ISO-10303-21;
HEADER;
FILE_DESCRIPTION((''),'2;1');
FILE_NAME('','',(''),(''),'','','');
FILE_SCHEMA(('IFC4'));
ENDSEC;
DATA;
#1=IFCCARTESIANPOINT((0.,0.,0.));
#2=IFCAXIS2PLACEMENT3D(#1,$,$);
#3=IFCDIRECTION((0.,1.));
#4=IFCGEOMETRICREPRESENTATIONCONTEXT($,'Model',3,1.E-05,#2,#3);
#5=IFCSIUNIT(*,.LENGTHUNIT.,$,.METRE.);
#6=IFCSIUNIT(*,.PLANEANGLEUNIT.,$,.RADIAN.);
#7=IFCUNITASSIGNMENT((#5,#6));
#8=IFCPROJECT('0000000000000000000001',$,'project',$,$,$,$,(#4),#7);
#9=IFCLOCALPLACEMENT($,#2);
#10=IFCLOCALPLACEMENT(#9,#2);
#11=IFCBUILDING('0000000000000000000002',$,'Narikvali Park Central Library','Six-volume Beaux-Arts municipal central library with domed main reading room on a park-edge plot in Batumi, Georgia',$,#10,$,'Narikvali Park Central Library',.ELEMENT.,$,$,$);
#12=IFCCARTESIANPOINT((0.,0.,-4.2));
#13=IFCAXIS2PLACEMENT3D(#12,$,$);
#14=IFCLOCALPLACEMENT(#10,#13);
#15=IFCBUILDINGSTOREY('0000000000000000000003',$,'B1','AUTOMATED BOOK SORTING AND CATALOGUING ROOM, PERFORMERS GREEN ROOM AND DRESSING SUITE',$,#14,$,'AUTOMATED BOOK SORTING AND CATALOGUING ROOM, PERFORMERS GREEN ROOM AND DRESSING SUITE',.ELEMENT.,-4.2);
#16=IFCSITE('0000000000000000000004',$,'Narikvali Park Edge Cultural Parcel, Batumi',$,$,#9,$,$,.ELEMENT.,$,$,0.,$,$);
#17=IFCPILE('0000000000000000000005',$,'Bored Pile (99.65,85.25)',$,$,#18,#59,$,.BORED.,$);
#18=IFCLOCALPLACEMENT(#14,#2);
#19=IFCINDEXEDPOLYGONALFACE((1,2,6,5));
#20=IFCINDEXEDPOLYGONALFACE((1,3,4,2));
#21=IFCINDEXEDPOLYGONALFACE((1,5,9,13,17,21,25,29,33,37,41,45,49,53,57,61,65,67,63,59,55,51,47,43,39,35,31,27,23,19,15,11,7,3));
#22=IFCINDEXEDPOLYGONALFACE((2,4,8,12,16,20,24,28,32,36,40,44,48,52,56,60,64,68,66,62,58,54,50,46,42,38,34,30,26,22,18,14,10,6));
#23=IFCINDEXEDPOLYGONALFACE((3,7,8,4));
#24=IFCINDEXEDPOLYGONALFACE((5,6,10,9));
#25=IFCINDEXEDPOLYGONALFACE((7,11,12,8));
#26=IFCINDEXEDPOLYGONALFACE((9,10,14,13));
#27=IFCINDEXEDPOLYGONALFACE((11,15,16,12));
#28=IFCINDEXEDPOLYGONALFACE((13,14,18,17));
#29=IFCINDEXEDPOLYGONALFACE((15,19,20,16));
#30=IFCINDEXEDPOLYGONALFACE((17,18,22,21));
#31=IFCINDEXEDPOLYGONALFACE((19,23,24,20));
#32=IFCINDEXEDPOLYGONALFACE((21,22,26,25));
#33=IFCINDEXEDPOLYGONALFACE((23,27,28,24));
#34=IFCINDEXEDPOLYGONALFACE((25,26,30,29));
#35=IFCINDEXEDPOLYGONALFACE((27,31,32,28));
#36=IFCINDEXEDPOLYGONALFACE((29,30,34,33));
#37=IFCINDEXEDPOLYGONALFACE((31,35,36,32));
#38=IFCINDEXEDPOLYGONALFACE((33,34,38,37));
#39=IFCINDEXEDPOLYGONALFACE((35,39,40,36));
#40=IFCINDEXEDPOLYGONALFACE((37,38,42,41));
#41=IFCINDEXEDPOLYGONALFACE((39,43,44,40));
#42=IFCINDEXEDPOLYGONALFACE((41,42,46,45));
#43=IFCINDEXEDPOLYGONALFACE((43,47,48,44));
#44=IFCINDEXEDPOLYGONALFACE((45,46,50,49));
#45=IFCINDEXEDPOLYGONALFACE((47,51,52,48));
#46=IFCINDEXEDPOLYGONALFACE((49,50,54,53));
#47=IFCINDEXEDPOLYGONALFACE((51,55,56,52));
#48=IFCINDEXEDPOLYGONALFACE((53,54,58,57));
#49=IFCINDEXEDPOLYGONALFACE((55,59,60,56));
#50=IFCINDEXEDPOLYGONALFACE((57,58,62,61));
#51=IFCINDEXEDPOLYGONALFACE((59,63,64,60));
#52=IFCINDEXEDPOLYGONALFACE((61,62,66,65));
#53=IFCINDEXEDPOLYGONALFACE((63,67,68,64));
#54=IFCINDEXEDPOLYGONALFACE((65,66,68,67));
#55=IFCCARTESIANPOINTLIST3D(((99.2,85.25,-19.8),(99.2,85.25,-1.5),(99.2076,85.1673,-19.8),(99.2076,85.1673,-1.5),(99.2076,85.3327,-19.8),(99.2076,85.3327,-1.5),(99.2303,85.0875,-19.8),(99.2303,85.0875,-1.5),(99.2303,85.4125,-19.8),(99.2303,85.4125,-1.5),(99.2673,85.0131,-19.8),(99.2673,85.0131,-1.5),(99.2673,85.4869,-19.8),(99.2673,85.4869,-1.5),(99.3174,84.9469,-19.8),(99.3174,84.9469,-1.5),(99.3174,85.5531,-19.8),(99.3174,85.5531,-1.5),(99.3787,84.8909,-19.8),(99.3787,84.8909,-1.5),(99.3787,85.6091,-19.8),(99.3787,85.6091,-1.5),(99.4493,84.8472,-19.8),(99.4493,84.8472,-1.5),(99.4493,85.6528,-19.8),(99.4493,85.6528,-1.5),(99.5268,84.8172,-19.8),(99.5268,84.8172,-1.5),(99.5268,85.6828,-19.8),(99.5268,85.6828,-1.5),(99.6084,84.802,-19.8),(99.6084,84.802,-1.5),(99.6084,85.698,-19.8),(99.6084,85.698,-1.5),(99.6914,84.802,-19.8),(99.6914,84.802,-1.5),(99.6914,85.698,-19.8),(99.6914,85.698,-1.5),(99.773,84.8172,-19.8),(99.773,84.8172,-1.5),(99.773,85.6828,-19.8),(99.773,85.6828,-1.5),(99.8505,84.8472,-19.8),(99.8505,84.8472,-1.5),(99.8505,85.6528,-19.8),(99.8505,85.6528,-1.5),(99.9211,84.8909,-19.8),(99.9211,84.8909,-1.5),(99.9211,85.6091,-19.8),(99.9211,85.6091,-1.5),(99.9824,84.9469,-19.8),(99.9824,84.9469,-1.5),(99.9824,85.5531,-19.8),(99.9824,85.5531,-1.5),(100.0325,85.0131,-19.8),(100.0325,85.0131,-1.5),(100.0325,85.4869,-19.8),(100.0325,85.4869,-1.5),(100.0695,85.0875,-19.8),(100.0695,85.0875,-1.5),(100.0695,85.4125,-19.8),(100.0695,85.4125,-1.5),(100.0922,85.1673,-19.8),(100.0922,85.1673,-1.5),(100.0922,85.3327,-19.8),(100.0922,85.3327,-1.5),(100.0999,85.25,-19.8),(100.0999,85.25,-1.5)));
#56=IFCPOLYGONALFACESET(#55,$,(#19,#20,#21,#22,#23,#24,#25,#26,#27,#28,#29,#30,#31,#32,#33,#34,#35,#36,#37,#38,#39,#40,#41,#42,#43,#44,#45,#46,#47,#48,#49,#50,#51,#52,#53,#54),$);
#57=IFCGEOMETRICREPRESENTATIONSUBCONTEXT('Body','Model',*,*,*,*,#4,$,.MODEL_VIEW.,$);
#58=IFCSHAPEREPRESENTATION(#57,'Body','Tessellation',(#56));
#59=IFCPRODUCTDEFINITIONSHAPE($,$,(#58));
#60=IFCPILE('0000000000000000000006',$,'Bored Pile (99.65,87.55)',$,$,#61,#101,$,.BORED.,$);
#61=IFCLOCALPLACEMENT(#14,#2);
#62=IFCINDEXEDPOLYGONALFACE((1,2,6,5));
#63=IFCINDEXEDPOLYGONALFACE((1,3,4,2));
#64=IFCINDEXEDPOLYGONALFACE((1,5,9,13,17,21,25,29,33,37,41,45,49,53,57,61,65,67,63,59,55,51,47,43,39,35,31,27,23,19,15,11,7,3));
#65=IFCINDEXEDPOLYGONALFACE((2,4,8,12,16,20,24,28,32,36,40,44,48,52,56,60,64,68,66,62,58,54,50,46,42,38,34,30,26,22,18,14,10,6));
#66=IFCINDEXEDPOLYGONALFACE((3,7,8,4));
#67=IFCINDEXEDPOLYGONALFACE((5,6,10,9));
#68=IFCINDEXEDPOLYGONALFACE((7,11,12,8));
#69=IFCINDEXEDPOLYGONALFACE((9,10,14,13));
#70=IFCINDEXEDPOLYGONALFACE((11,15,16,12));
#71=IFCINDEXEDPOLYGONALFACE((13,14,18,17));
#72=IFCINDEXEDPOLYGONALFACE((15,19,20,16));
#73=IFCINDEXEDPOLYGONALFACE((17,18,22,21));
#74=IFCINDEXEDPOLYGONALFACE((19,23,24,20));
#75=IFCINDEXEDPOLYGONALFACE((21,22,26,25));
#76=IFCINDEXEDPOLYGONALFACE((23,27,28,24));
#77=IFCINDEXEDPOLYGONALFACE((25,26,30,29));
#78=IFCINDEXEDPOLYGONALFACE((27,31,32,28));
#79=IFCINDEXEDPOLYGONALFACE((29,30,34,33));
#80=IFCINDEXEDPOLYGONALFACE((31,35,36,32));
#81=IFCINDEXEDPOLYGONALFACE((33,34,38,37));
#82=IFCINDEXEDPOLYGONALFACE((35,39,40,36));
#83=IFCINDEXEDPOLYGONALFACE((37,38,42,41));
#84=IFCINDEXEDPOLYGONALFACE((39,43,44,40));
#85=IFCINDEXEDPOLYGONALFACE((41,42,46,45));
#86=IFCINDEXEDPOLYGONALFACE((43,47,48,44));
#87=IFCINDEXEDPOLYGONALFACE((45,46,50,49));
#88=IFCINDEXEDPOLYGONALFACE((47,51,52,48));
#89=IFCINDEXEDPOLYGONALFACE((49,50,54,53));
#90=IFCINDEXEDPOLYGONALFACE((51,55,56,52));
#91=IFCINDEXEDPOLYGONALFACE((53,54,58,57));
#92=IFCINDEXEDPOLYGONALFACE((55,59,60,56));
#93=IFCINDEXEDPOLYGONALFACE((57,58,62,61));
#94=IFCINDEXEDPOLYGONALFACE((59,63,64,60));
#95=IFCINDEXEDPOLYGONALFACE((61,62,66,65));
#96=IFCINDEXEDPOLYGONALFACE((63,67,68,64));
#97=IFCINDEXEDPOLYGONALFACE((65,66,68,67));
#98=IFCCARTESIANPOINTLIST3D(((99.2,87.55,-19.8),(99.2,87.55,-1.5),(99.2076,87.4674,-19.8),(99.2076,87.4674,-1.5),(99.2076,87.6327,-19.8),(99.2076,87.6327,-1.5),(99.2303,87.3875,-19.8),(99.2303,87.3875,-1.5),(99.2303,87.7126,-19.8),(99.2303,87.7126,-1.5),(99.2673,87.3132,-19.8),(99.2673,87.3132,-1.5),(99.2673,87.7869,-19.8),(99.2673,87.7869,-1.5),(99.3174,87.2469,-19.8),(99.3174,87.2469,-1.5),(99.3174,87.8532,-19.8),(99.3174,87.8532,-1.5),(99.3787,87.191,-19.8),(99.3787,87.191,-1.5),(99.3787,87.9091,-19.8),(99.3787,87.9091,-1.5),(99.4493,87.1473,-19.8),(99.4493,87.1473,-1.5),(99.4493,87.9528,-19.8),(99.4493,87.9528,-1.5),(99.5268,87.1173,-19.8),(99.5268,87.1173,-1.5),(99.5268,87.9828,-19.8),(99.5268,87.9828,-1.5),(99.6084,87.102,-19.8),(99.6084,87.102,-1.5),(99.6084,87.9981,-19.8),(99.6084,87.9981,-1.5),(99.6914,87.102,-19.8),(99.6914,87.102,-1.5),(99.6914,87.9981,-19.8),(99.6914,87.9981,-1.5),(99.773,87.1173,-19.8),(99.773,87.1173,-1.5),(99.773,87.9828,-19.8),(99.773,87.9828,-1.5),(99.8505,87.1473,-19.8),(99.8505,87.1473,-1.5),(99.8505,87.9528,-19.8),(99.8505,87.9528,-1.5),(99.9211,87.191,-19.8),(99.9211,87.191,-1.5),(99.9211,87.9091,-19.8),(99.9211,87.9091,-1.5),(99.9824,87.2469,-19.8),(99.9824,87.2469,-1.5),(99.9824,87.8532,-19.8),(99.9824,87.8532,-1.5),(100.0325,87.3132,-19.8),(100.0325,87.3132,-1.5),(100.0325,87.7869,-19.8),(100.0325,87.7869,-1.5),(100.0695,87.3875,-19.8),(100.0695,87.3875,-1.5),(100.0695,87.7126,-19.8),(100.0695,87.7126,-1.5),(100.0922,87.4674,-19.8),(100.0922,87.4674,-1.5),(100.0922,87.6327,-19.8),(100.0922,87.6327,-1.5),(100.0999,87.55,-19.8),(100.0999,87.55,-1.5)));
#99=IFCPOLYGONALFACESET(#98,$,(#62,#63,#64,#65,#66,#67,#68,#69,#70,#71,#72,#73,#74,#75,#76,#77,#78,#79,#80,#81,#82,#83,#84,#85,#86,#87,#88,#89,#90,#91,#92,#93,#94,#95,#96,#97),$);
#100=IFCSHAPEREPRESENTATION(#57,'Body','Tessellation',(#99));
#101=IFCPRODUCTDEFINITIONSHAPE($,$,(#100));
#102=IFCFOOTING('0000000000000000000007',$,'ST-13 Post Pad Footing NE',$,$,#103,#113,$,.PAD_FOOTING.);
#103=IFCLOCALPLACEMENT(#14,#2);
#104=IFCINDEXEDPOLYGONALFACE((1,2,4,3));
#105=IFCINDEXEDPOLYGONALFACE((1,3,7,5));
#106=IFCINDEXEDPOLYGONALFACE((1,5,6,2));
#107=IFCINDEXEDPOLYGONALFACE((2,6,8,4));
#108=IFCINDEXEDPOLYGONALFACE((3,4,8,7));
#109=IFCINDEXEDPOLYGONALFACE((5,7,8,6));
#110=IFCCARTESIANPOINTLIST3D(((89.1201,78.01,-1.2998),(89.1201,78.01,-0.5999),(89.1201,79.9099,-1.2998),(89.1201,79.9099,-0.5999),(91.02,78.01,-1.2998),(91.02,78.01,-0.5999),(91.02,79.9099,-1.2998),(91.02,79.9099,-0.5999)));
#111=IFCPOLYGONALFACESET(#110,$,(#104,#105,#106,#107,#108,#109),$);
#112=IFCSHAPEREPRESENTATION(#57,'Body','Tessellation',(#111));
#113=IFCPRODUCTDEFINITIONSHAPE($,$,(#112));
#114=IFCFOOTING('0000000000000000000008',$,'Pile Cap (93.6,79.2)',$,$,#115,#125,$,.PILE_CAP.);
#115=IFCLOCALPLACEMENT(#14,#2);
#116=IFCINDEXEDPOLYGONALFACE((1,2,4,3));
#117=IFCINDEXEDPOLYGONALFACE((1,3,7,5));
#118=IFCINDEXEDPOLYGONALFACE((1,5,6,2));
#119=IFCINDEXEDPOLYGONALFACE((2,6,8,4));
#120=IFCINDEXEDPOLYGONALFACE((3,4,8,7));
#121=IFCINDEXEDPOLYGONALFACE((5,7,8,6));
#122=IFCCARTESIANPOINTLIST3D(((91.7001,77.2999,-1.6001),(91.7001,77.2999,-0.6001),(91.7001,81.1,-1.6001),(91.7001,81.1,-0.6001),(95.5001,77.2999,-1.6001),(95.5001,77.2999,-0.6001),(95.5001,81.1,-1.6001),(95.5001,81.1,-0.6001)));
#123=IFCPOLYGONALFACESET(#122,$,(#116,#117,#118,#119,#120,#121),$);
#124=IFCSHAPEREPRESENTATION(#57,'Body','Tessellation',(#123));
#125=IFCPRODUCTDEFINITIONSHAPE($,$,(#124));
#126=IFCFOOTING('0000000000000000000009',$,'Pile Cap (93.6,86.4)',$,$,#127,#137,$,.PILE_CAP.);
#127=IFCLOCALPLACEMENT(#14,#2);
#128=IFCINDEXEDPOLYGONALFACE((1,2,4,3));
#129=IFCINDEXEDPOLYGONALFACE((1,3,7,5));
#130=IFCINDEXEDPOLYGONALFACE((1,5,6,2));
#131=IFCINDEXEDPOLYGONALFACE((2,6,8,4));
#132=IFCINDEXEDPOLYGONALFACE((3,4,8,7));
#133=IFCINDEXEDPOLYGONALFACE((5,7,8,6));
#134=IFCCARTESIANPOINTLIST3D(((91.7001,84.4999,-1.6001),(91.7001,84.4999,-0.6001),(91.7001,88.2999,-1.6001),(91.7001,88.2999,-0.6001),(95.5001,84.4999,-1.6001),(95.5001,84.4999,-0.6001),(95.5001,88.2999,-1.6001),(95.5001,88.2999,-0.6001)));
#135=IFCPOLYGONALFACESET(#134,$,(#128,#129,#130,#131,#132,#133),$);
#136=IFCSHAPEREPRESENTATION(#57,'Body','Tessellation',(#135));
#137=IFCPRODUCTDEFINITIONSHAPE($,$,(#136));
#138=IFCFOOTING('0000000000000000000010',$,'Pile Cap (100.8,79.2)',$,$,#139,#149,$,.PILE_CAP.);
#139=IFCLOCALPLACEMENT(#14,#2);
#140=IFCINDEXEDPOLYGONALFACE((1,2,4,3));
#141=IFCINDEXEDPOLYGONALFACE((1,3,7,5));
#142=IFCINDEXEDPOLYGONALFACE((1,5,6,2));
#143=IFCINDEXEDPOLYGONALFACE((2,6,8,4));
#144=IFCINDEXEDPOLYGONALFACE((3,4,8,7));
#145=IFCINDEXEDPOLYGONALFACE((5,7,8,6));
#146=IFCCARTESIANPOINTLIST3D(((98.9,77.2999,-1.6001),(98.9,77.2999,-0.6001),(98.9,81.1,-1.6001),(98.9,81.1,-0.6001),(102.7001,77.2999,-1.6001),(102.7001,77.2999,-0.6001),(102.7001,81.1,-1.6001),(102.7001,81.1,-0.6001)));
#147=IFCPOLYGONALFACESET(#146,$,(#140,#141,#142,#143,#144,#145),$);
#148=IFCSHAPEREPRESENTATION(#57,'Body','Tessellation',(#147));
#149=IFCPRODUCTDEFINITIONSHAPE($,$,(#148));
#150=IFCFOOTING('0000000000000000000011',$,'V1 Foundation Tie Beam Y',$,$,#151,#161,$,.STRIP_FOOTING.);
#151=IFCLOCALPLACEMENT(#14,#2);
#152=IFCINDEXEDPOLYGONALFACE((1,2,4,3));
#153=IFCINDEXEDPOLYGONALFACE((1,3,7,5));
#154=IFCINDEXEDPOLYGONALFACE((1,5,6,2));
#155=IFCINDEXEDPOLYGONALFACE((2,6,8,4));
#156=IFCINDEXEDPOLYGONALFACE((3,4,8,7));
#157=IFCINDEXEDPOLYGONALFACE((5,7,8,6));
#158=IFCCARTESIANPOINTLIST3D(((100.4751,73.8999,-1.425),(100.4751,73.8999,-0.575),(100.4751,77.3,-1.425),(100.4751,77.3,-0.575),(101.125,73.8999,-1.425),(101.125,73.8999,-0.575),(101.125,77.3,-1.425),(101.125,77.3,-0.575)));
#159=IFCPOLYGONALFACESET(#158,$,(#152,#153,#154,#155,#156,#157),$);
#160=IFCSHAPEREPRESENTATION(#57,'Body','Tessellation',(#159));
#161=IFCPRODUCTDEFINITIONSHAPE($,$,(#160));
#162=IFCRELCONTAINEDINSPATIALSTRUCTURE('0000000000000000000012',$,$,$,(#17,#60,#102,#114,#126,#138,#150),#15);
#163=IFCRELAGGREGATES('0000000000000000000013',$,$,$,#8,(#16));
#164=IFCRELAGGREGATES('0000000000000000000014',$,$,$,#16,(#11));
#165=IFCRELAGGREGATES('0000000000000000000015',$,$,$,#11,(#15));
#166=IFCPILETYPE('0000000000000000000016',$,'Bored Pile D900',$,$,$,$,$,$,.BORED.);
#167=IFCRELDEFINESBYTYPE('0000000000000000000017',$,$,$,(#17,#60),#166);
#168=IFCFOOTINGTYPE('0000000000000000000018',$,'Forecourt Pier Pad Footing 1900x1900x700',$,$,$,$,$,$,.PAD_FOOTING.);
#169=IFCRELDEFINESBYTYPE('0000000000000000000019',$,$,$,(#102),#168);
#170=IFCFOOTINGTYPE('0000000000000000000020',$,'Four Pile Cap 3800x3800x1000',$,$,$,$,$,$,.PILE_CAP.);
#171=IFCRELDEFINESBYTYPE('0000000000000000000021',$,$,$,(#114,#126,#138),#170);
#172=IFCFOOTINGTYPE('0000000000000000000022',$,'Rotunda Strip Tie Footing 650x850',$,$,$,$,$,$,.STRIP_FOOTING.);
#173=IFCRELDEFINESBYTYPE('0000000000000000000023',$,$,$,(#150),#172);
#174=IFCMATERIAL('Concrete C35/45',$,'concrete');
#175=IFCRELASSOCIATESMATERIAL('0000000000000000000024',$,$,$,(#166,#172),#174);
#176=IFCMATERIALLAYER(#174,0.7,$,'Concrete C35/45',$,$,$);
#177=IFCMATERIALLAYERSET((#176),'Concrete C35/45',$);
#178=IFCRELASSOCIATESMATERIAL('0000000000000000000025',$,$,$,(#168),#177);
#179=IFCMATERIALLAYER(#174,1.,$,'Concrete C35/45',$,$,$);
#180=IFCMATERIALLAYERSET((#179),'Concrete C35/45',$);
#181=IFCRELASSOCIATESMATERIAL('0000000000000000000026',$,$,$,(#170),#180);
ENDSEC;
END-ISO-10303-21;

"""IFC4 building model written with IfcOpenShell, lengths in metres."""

from ifc_helpers import new_model, si_unit, direction, frame, origin, origin_2d, place, context, subcontext, project, spatial, rectangle, circle, extrude, material, layer, layer_set, material_profile, profile_set, type_object, element, save


model = new_model("IFC4")

# Units and contexts
model_context = context("Model", 3, precision=1e-05, world=origin(), true_north=direction((0.0, 1.0)))
body_context = subcontext(model_context, "Body", "Model", "MODEL_VIEW")
ifc_project = project(units=[si_unit("LENGTHUNIT", "METRE"), si_unit("PLANEANGLEUNIT", "RADIAN")], contexts=[model_context])

# Site, building, storey
site_placement = place(None, origin())
site = spatial("IfcSite", under=ifc_project, at=site_placement, Name="Narikvali Park Edge Cultural Parcel, Batumi", CompositionType="ELEMENT", RefElevation=0.0)
building_placement = place(site_placement, origin())
building = spatial("IfcBuilding", under=site, at=building_placement, Name="Narikvali Park Central Library", Description="Six-volume Beaux-Arts municipal central library with domed main reading room on a park-edge plot in Batumi, Georgia", LongName="Narikvali Park Central Library", CompositionType="ELEMENT")
storey_placement = place(building_placement, frame((0.0, 0.0, -4.2)))
storey = spatial("IfcBuildingStorey", under=building, at=storey_placement, Name="B1", Description="AUTOMATED BOOK SORTING AND CATALOGUING ROOM, PERFORMERS GREEN ROOM AND DRESSING SUITE", LongName="AUTOMATED BOOK SORTING AND CATALOGUING ROOM, PERFORMERS GREEN ROOM AND DRESSING SUITE", CompositionType="ELEMENT", Elevation=-4.2)

# Piles
ifc_material_1 = material(Name="Concrete C35/45", Category="concrete")
ifc_material_profile_1 = material_profile(ifc_material_1, circle(Radius=0.45, at=origin_2d()), Name="PILE D900")
ifc_profile_set_1 = profile_set([ifc_material_profile_1], Name="Concrete C35/45")
pile_type = type_object("IfcPileType", Name="Bored Pile D900", PredefinedType="BORED", material=ifc_profile_set_1)
for number, where, z_axis, x_axis, name in (
    (1, (99.6499, 85.25, -1.5), (0.0, 0.0, -1.0), (1.0, 0.0, 0.0), "Bored Pile (99.65,85.25)"),
    (2, (99.6499, 87.55, -1.5), (0.0, 0.0, -1.0), (1.0, 0.0, 0.0), "Bored Pile (99.65,87.55)"),
):
    element("IfcPile", number, at=place(storey_placement, frame(where, z_axis=z_axis, x_axis=x_axis)), inside=storey, type_object=pile_type, Name=name, PredefinedType="BORED", context=body_context, shape_type="SweptSolid", body=[
        extrude(circle(Radius=0.45, at=origin_2d()), origin(), (0.0, 0.0, 1.0), 18.3),
    ])

# Footings
ifc_layer_1 = layer(ifc_material_1, 0.7, Name="Concrete C35/45")
ifc_layer_set_1 = layer_set([ifc_layer_1], Name="Concrete C35/45")
footing_type_1 = type_object("IfcFootingType", Name="Forecourt Pier Pad Footing 1900x1900x700", PredefinedType="PAD_FOOTING", material=ifc_layer_set_1)
footing_1_placement = place(storey_placement, frame((90.0701, 78.96, -1.2998), z_axis=(0.0, 0.0, 1.0), x_axis=(1.0, 0.0, 0.0)))
element("IfcFooting", 3, at=footing_1_placement, inside=storey, type_object=footing_type_1, Name="ST-13 Post Pad Footing NE", PredefinedType="PAD_FOOTING", context=body_context, shape_type="SweptSolid", body=[
    extrude(rectangle(XDim=1.8999, YDim=1.8999, at=origin_2d()), origin(), (0.0, 0.0, 1.0), 0.7),
])
ifc_layer_2 = layer(ifc_material_1, 1.0, Name="Concrete C35/45")
ifc_layer_set_2 = layer_set([ifc_layer_2], Name="Concrete C35/45")
footing_type_2 = type_object("IfcFootingType", Name="Four Pile Cap 3800x3800x1000", PredefinedType="PILE_CAP", material=ifc_layer_set_2)
for number, where, z_axis, x_axis, name in (
    (4, (93.6001, 79.2, -1.6001), (0.0, 0.0, 1.0), (1.0, 0.0, 0.0), "Pile Cap (93.6,79.2)"),
    (5, (93.6001, 86.3999, -1.6001), (0.0, 0.0, 1.0), (1.0, 0.0, 0.0), "Pile Cap (93.6,86.4)"),
    (6, (100.8, 79.2, -1.6001), (0.0, 0.0, 1.0), (1.0, 0.0, 0.0), "Pile Cap (100.8,79.2)"),
):
    element("IfcFooting", number, at=place(storey_placement, frame(where, z_axis=z_axis, x_axis=x_axis)), inside=storey, type_object=footing_type_2, Name=name, PredefinedType="PILE_CAP", context=body_context, shape_type="SweptSolid", body=[
        extrude(rectangle(XDim=3.8, YDim=3.8, at=origin_2d()), origin(), (0.0, 0.0, 1.0), 1.0),
    ])
ifc_material_profile_2 = material_profile(ifc_material_1, rectangle(XDim=0.6499, YDim=0.8501, at=origin_2d()), Name="RC GB 650x850")
ifc_profile_set_2 = profile_set([ifc_material_profile_2], Name="Concrete C35/45")
footing_type_3 = type_object("IfcFootingType", Name="Rotunda Strip Tie Footing 650x850", PredefinedType="STRIP_FOOTING", material=ifc_profile_set_2)
footing_2_placement = place(storey_placement, frame((100.8, 73.8999, -1.0), z_axis=(0.0, 1.0, 0.0), x_axis=(-1.0, 0.0, 0.0)))
element("IfcFooting", 7, at=footing_2_placement, inside=storey, type_object=footing_type_3, Name="V1 Foundation Tie Beam Y", PredefinedType="STRIP_FOOTING", context=body_context, shape_type="SweptSolid", body=[
    extrude(rectangle(XDim=0.6499, YDim=0.8501, at=origin_2d()), origin(), (0.0, 0.0, 1.0), 3.4001),
])

save(model, "model.ifc")
